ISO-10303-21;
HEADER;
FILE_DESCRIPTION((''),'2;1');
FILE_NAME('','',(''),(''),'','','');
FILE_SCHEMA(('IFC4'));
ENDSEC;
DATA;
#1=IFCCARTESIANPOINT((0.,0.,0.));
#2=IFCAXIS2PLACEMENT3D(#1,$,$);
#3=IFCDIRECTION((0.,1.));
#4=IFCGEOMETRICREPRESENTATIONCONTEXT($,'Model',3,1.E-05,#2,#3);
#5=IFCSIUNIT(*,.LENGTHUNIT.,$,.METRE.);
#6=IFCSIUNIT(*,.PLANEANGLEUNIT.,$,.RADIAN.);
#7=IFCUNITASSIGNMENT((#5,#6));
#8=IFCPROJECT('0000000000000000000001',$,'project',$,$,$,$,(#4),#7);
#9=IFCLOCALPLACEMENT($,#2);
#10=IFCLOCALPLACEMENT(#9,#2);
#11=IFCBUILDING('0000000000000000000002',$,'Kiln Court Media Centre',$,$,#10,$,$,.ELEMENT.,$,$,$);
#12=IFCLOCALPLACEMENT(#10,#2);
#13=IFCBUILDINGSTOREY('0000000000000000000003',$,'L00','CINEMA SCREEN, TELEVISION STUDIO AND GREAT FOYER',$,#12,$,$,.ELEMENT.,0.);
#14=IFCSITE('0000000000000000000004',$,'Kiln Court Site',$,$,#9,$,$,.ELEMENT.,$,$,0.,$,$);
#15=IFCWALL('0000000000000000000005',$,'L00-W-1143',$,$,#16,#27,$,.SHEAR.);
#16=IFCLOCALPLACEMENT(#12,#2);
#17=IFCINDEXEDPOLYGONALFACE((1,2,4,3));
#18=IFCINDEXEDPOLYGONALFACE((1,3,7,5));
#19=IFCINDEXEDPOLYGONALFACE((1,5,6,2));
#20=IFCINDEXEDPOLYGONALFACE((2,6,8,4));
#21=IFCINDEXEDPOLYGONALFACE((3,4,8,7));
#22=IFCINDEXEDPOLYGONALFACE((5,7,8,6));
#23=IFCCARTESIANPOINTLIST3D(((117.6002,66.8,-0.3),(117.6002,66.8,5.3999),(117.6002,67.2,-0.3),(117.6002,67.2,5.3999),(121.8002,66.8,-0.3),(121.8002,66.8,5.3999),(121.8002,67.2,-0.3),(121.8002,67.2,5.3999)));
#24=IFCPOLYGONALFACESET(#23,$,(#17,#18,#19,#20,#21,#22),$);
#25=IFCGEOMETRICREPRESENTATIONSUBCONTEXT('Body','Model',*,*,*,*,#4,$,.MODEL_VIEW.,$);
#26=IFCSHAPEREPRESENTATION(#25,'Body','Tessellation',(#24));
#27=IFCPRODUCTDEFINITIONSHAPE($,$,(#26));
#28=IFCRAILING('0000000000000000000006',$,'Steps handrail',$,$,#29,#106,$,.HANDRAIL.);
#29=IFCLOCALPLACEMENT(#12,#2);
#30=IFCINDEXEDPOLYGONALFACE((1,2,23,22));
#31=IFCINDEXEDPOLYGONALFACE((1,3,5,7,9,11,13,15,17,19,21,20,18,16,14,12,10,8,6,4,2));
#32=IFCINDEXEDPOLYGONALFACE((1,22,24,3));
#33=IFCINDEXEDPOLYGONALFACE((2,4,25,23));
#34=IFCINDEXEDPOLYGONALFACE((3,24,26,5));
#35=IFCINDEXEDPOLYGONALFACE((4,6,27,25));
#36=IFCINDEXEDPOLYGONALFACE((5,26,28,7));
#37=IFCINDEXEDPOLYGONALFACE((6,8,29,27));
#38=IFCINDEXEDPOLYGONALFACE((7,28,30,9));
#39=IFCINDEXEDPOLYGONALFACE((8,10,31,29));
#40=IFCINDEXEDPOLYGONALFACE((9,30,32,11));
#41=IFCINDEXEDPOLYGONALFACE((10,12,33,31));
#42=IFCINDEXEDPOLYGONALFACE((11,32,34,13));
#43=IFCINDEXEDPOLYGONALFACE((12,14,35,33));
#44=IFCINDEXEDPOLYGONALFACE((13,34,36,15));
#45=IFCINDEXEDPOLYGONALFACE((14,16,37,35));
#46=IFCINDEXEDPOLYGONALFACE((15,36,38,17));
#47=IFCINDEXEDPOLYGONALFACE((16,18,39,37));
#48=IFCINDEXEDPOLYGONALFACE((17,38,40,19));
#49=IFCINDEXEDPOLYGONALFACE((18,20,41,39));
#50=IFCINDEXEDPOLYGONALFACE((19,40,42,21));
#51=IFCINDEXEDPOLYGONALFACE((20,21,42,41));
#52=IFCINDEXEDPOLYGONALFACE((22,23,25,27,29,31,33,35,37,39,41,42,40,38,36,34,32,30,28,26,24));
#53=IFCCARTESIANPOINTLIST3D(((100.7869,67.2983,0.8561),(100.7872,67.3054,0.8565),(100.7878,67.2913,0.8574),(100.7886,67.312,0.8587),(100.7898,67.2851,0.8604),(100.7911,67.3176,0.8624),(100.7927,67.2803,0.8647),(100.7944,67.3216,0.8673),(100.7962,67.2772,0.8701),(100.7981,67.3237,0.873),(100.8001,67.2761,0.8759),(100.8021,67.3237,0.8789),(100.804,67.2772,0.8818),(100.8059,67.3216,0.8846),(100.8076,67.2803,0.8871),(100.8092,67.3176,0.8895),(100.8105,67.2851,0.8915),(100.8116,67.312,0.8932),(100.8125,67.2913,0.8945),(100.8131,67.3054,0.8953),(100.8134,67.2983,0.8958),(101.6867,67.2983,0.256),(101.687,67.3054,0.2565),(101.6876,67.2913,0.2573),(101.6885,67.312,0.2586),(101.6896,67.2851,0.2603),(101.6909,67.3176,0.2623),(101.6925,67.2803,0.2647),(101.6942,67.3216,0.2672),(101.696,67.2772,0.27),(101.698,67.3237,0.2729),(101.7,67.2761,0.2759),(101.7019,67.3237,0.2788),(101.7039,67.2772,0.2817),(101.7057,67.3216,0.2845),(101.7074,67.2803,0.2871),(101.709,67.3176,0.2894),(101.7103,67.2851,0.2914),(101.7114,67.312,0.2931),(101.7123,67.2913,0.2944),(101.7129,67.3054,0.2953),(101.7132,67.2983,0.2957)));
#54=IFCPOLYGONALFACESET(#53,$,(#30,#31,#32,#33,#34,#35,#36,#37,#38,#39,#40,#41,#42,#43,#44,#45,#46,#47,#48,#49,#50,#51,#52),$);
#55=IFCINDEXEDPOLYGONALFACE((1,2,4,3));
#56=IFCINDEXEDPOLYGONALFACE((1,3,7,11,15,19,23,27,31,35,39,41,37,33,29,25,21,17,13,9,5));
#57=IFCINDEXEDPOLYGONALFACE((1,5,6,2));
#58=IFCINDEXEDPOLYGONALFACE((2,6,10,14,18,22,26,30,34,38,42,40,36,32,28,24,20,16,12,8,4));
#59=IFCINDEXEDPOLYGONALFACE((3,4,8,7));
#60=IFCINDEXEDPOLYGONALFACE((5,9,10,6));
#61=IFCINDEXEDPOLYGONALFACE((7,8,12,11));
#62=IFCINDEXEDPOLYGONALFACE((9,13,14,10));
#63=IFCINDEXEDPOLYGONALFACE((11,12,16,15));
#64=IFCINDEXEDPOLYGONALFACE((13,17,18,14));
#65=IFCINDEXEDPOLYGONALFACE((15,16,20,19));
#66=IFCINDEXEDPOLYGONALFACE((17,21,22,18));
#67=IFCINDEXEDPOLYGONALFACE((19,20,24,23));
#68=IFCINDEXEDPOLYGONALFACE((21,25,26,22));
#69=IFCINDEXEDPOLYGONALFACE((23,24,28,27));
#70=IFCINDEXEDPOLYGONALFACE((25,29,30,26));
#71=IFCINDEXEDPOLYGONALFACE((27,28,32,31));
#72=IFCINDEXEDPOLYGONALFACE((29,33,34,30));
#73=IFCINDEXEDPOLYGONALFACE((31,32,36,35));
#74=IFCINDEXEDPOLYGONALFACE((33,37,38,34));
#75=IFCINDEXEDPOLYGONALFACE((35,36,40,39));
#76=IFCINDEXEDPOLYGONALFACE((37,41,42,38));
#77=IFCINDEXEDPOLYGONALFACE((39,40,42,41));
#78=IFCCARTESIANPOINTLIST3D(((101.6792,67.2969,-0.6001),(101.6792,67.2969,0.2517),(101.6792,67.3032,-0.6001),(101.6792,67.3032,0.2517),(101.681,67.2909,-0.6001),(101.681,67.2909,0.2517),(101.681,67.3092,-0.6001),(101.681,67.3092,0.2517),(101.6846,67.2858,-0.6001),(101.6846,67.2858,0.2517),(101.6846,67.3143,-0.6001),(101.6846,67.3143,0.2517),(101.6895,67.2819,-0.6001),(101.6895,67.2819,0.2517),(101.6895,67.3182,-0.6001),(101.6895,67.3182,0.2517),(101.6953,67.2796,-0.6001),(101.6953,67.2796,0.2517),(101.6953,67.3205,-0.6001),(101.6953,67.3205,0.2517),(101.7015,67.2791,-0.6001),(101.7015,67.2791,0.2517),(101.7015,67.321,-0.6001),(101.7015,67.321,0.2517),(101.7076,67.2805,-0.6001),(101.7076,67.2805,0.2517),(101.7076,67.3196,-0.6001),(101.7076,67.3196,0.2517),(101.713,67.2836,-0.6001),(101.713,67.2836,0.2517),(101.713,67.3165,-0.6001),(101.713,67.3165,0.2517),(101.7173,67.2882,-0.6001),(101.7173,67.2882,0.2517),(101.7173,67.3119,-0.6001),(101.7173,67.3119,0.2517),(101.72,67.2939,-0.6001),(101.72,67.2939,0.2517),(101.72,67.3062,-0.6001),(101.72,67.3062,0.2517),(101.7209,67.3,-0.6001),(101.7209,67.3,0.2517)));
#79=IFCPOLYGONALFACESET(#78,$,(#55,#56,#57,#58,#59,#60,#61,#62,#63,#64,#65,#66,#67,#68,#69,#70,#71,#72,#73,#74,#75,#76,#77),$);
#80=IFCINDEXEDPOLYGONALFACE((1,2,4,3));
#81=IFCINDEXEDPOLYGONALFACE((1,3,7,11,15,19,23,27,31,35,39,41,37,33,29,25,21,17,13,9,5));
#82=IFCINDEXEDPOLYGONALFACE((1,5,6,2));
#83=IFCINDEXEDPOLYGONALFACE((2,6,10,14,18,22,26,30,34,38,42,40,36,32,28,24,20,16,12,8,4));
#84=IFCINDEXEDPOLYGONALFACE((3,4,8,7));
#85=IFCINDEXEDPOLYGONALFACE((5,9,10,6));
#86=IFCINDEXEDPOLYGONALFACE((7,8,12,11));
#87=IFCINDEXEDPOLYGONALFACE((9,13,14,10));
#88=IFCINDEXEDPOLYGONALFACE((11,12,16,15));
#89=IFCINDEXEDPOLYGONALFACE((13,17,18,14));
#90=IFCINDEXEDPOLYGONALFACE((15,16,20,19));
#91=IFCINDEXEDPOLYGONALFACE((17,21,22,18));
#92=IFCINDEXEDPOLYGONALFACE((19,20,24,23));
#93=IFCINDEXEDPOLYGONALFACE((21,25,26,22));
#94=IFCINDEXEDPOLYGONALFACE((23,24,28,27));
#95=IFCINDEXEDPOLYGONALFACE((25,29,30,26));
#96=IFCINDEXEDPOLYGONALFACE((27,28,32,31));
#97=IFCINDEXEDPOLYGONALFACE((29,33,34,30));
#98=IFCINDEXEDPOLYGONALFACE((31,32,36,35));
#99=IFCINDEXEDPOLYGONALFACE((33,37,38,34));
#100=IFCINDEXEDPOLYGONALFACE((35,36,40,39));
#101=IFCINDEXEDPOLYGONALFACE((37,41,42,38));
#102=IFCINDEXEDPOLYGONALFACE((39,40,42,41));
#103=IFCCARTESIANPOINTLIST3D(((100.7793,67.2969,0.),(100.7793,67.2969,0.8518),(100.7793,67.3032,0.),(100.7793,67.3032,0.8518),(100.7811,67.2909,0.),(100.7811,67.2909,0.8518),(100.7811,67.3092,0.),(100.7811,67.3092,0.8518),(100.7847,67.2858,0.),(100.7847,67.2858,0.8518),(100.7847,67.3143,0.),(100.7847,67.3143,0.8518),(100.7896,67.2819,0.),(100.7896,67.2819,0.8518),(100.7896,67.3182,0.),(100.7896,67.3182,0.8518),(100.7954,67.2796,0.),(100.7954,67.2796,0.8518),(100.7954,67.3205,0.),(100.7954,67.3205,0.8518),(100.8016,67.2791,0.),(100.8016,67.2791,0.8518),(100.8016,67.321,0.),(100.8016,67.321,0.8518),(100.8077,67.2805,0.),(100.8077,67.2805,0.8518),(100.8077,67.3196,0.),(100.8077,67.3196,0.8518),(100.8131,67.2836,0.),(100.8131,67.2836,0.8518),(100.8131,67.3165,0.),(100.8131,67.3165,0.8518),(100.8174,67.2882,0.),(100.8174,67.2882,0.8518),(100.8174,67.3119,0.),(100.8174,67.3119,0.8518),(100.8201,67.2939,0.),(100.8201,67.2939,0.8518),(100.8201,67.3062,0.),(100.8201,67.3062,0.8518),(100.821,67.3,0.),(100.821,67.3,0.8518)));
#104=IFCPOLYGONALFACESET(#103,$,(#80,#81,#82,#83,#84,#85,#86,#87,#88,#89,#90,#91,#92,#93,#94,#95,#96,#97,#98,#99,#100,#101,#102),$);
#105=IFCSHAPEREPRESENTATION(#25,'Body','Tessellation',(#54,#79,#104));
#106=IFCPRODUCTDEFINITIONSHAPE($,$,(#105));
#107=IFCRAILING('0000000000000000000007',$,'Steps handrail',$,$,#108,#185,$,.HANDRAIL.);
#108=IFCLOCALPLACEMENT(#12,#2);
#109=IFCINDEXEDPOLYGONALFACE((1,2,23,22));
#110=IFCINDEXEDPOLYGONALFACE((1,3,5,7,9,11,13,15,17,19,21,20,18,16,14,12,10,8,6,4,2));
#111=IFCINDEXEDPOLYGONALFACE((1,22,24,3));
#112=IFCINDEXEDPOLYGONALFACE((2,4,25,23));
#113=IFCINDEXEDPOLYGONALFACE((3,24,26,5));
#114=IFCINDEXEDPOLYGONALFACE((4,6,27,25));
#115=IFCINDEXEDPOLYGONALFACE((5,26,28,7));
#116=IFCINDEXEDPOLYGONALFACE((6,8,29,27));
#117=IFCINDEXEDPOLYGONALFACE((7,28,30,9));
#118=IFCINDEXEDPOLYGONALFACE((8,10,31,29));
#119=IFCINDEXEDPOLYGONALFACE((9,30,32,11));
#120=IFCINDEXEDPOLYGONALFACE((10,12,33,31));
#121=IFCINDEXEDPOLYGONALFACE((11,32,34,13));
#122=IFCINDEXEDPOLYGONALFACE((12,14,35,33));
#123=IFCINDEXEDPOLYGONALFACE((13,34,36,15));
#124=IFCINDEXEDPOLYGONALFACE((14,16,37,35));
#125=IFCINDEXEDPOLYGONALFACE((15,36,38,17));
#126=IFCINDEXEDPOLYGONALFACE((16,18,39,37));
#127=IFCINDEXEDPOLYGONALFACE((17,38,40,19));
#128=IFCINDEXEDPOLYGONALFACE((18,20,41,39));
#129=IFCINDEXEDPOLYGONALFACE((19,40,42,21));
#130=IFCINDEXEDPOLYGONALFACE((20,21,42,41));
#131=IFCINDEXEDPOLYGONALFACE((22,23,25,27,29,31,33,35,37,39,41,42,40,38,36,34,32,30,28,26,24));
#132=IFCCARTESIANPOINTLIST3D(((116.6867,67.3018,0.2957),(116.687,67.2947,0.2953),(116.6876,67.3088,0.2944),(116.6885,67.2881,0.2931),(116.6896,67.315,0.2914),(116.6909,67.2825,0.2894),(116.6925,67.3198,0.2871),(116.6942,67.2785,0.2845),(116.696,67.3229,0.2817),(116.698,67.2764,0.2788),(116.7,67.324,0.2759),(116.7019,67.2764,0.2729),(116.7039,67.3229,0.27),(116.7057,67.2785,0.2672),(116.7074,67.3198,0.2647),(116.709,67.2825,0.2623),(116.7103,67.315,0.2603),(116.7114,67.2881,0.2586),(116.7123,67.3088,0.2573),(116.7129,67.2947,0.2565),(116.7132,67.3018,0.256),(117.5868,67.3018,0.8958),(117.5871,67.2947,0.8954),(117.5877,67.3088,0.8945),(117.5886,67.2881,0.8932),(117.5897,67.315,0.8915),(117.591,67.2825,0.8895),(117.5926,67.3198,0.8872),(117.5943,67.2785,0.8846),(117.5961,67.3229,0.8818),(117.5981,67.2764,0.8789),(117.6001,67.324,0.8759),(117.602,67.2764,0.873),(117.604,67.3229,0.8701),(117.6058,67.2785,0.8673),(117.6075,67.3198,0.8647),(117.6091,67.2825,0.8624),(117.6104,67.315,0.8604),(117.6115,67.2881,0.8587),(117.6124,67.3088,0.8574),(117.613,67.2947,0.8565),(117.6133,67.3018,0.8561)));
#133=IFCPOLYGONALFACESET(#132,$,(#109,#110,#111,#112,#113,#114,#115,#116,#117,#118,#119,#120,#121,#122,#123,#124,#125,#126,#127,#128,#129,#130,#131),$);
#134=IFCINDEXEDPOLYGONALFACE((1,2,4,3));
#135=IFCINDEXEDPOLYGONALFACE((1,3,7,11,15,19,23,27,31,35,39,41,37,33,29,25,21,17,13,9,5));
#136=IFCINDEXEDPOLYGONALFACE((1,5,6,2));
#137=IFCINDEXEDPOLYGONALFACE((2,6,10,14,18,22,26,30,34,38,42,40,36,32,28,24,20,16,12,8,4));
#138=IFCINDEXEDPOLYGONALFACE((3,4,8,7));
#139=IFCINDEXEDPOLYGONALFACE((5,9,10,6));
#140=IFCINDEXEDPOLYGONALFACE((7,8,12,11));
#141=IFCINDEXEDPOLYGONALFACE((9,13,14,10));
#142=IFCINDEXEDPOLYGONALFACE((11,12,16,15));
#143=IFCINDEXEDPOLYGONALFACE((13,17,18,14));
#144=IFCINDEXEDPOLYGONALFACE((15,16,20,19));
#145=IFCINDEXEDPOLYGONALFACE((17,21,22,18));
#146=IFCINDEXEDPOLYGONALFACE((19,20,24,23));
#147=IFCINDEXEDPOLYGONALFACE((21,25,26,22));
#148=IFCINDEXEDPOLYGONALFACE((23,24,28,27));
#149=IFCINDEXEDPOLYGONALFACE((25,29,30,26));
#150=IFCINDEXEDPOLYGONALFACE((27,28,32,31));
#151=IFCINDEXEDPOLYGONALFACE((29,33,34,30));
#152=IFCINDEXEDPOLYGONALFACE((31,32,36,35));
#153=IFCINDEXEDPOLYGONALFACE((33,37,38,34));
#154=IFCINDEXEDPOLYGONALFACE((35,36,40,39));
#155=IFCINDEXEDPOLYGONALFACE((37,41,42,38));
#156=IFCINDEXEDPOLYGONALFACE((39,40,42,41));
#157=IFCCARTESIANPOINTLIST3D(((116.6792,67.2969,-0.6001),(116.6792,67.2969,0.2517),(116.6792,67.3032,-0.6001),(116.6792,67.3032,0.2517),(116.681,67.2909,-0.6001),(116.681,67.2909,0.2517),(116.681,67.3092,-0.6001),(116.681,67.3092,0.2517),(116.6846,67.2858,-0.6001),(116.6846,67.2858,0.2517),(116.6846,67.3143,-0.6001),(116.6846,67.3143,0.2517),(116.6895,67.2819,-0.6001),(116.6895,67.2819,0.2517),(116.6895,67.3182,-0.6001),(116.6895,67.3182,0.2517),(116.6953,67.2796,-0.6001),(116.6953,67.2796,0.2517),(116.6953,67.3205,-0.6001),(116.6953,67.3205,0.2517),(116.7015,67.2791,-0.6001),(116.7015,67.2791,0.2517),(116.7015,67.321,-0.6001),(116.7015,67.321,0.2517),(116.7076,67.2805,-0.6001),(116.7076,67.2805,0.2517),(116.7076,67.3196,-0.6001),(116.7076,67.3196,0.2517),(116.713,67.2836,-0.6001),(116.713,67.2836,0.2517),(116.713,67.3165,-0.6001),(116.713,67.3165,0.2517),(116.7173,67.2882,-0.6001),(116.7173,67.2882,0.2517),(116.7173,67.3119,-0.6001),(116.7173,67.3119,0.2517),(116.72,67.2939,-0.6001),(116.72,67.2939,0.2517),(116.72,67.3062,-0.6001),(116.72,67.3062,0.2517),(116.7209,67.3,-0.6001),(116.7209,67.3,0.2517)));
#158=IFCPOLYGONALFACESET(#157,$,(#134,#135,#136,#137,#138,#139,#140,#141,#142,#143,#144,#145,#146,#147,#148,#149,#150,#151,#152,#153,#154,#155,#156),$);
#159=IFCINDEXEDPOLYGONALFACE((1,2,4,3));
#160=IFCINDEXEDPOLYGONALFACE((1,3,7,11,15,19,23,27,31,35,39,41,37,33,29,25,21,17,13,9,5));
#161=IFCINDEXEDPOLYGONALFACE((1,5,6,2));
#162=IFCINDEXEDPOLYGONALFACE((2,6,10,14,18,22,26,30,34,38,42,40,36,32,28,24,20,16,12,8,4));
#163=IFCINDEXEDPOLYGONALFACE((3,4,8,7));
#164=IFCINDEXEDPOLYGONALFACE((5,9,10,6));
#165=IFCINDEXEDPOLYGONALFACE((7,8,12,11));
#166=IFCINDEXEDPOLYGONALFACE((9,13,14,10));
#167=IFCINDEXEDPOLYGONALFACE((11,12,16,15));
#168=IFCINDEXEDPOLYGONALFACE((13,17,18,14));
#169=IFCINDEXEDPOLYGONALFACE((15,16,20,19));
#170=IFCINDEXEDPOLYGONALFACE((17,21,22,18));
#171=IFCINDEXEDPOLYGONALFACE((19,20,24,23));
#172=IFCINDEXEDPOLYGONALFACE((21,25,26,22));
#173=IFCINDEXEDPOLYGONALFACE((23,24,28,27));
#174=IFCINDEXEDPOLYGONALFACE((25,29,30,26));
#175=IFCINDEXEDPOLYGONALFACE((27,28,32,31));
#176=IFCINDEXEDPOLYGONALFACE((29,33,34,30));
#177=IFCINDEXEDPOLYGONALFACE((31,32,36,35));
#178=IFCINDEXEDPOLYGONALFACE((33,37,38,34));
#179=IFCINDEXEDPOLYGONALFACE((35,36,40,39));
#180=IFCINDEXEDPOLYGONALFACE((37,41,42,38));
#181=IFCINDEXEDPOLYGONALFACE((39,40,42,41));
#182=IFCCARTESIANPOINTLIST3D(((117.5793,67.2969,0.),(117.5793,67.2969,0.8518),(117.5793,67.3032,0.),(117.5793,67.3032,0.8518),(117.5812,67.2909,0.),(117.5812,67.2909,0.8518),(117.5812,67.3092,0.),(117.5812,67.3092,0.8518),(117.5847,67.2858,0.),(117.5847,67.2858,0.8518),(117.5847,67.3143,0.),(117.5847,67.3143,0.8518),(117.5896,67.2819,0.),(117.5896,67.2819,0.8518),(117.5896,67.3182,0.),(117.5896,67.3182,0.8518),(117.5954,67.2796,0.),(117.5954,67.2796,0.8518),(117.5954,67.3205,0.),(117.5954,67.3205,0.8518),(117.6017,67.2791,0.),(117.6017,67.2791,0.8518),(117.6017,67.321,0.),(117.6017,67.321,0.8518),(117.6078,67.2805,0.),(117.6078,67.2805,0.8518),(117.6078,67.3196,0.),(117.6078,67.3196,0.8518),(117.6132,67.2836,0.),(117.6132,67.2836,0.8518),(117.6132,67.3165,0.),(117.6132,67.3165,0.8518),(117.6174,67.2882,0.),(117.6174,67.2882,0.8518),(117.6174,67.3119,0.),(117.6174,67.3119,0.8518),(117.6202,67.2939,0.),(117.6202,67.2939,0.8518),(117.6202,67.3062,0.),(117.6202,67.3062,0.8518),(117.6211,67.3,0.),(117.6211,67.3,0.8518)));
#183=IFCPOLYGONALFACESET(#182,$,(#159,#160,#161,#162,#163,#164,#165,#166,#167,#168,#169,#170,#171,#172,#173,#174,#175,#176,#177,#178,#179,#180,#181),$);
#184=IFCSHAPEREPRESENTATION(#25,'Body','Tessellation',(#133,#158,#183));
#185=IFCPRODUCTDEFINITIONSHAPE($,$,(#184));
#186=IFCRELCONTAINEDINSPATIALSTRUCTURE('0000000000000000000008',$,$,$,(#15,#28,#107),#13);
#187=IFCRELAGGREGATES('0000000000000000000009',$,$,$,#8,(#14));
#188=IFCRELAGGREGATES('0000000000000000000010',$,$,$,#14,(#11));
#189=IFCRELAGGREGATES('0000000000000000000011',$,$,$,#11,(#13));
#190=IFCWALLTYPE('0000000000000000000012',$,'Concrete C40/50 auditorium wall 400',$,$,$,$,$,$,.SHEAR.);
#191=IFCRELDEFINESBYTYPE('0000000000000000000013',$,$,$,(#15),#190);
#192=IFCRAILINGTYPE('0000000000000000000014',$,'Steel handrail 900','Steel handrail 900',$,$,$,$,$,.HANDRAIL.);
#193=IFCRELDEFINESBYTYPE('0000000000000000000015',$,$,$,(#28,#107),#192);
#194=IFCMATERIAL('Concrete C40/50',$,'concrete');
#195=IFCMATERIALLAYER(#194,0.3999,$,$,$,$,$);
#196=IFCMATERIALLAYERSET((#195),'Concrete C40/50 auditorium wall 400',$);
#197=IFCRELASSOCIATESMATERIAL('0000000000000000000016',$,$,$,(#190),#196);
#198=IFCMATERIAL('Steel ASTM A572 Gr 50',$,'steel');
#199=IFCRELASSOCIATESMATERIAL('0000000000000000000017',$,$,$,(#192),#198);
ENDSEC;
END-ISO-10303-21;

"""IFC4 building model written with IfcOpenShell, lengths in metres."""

from ifc_helpers import new_model, si_unit, direction, frame, frame_2d, origin, origin_2d, place, context, subcontext, project, spatial, rectangle, circle, extrude, material, layer, layer_set, type_object, element, save


model = new_model("IFC4")

# Units and contexts
model_context = context("Model", 3, precision=1e-05, world=origin(), true_north=direction((0.0, 1.0)))
body_context = subcontext(model_context, "Body", "Model", "MODEL_VIEW")
ifc_project = project(units=[si_unit("LENGTHUNIT", "METRE"), si_unit("PLANEANGLEUNIT", "RADIAN")], contexts=[model_context])

# Site, building, storey
site_placement = place(None, origin())
site = spatial("IfcSite", under=ifc_project, at=site_placement, Name="Kiln Court Site", CompositionType="ELEMENT", RefElevation=0.0)
building_placement = place(site_placement, origin())
building = spatial("IfcBuilding", under=site, at=building_placement, Name="Kiln Court Media Centre", CompositionType="ELEMENT")
storey_placement = place(building_placement, origin())
storey = spatial("IfcBuildingStorey", under=building, at=storey_placement, Name="L00", Description="CINEMA SCREEN, TELEVISION STUDIO AND GREAT FOYER", CompositionType="ELEMENT", Elevation=0.0)

# Wall
ifc_material_1 = material(Name="Concrete C40/50", Category="concrete")
ifc_layer_1 = layer(ifc_material_1, 0.3999)
ifc_layer_set_1 = layer_set([ifc_layer_1], Name="Concrete C40/50 auditorium wall 400")
wall_type_1 = type_object("IfcWallType", Name="Concrete C40/50 auditorium wall 400", PredefinedType="SHEAR", material=ifc_layer_set_1)
wall_1_placement = place(storey_placement, frame((117.6001, 67.0, -0.3), z_axis=(0.0, 0.0, 1.0), x_axis=(1.0, 0.0, 0.0)))
element("IfcWall", 1, at=wall_1_placement, inside=storey, type_object=wall_type_1, Name="L00-W-1143", PredefinedType="SHEAR", context=body_context, shape_type="SweptSolid", body=[
    extrude(rectangle(XDim=4.2, YDim=0.3999, at=frame_2d((2.1001, 0.0))), origin(), (0.0, 0.0, 1.0), 5.7),
])

# Railings
ifc_material_2 = material(Name="Steel ASTM A572 Gr 50", Category="steel")
railing_type = type_object("IfcRailingType", Name="Steel handrail 900", Description="Steel handrail 900", PredefinedType="HANDRAIL", material=ifc_material_2)
railing_1_placement = place(storey_placement, frame((101.7, 67.3, -0.6001)))
element("IfcRailing", 2, at=railing_1_placement, inside=storey, type_object=railing_type, Name="Steps handrail", PredefinedType="HANDRAIL", context=body_context, shape_type="SweptSolid", body=[
    extrude(circle(Radius=0.0239, at=origin_2d()), frame((0.0, 0.0, 0.876), z_axis=(-0.831981, 0.0, 0.554804), x_axis=(0.0, -1.0, 0.0)), (0.0, 0.0, 1.0), 1.0815),
    extrude(circle(Radius=0.021, at=origin_2d()), origin(), (0.0, 0.0, 1.0), 0.8518),
    extrude(circle(Radius=0.021, at=origin_2d()), frame((-0.8999, 0.0, 0.6001)), (0.0, 0.0, 1.0), 0.8518),
])
railing_2_placement = place(storey_placement, frame((116.7, 67.3, -0.6001)))
element("IfcRailing", 3, at=railing_2_placement, inside=storey, type_object=railing_type, Name="Steps handrail", PredefinedType="HANDRAIL", context=body_context, shape_type="SweptSolid", body=[
    extrude(circle(Radius=0.0239, at=origin_2d()), frame((0.0, 0.0, 0.876), z_axis=(0.83205, 0.0, 0.5547), x_axis=(0.0, 1.0, 0.0)), (0.0, 0.0, 1.0), 1.0818),
    extrude(circle(Radius=0.021, at=origin_2d()), origin(), (0.0, 0.0, 1.0), 0.8518),
    extrude(circle(Radius=0.021, at=origin_2d()), frame((0.9001, 0.0, 0.6001)), (0.0, 0.0, 1.0), 0.8518),
])

save(model, "model.ifc")
